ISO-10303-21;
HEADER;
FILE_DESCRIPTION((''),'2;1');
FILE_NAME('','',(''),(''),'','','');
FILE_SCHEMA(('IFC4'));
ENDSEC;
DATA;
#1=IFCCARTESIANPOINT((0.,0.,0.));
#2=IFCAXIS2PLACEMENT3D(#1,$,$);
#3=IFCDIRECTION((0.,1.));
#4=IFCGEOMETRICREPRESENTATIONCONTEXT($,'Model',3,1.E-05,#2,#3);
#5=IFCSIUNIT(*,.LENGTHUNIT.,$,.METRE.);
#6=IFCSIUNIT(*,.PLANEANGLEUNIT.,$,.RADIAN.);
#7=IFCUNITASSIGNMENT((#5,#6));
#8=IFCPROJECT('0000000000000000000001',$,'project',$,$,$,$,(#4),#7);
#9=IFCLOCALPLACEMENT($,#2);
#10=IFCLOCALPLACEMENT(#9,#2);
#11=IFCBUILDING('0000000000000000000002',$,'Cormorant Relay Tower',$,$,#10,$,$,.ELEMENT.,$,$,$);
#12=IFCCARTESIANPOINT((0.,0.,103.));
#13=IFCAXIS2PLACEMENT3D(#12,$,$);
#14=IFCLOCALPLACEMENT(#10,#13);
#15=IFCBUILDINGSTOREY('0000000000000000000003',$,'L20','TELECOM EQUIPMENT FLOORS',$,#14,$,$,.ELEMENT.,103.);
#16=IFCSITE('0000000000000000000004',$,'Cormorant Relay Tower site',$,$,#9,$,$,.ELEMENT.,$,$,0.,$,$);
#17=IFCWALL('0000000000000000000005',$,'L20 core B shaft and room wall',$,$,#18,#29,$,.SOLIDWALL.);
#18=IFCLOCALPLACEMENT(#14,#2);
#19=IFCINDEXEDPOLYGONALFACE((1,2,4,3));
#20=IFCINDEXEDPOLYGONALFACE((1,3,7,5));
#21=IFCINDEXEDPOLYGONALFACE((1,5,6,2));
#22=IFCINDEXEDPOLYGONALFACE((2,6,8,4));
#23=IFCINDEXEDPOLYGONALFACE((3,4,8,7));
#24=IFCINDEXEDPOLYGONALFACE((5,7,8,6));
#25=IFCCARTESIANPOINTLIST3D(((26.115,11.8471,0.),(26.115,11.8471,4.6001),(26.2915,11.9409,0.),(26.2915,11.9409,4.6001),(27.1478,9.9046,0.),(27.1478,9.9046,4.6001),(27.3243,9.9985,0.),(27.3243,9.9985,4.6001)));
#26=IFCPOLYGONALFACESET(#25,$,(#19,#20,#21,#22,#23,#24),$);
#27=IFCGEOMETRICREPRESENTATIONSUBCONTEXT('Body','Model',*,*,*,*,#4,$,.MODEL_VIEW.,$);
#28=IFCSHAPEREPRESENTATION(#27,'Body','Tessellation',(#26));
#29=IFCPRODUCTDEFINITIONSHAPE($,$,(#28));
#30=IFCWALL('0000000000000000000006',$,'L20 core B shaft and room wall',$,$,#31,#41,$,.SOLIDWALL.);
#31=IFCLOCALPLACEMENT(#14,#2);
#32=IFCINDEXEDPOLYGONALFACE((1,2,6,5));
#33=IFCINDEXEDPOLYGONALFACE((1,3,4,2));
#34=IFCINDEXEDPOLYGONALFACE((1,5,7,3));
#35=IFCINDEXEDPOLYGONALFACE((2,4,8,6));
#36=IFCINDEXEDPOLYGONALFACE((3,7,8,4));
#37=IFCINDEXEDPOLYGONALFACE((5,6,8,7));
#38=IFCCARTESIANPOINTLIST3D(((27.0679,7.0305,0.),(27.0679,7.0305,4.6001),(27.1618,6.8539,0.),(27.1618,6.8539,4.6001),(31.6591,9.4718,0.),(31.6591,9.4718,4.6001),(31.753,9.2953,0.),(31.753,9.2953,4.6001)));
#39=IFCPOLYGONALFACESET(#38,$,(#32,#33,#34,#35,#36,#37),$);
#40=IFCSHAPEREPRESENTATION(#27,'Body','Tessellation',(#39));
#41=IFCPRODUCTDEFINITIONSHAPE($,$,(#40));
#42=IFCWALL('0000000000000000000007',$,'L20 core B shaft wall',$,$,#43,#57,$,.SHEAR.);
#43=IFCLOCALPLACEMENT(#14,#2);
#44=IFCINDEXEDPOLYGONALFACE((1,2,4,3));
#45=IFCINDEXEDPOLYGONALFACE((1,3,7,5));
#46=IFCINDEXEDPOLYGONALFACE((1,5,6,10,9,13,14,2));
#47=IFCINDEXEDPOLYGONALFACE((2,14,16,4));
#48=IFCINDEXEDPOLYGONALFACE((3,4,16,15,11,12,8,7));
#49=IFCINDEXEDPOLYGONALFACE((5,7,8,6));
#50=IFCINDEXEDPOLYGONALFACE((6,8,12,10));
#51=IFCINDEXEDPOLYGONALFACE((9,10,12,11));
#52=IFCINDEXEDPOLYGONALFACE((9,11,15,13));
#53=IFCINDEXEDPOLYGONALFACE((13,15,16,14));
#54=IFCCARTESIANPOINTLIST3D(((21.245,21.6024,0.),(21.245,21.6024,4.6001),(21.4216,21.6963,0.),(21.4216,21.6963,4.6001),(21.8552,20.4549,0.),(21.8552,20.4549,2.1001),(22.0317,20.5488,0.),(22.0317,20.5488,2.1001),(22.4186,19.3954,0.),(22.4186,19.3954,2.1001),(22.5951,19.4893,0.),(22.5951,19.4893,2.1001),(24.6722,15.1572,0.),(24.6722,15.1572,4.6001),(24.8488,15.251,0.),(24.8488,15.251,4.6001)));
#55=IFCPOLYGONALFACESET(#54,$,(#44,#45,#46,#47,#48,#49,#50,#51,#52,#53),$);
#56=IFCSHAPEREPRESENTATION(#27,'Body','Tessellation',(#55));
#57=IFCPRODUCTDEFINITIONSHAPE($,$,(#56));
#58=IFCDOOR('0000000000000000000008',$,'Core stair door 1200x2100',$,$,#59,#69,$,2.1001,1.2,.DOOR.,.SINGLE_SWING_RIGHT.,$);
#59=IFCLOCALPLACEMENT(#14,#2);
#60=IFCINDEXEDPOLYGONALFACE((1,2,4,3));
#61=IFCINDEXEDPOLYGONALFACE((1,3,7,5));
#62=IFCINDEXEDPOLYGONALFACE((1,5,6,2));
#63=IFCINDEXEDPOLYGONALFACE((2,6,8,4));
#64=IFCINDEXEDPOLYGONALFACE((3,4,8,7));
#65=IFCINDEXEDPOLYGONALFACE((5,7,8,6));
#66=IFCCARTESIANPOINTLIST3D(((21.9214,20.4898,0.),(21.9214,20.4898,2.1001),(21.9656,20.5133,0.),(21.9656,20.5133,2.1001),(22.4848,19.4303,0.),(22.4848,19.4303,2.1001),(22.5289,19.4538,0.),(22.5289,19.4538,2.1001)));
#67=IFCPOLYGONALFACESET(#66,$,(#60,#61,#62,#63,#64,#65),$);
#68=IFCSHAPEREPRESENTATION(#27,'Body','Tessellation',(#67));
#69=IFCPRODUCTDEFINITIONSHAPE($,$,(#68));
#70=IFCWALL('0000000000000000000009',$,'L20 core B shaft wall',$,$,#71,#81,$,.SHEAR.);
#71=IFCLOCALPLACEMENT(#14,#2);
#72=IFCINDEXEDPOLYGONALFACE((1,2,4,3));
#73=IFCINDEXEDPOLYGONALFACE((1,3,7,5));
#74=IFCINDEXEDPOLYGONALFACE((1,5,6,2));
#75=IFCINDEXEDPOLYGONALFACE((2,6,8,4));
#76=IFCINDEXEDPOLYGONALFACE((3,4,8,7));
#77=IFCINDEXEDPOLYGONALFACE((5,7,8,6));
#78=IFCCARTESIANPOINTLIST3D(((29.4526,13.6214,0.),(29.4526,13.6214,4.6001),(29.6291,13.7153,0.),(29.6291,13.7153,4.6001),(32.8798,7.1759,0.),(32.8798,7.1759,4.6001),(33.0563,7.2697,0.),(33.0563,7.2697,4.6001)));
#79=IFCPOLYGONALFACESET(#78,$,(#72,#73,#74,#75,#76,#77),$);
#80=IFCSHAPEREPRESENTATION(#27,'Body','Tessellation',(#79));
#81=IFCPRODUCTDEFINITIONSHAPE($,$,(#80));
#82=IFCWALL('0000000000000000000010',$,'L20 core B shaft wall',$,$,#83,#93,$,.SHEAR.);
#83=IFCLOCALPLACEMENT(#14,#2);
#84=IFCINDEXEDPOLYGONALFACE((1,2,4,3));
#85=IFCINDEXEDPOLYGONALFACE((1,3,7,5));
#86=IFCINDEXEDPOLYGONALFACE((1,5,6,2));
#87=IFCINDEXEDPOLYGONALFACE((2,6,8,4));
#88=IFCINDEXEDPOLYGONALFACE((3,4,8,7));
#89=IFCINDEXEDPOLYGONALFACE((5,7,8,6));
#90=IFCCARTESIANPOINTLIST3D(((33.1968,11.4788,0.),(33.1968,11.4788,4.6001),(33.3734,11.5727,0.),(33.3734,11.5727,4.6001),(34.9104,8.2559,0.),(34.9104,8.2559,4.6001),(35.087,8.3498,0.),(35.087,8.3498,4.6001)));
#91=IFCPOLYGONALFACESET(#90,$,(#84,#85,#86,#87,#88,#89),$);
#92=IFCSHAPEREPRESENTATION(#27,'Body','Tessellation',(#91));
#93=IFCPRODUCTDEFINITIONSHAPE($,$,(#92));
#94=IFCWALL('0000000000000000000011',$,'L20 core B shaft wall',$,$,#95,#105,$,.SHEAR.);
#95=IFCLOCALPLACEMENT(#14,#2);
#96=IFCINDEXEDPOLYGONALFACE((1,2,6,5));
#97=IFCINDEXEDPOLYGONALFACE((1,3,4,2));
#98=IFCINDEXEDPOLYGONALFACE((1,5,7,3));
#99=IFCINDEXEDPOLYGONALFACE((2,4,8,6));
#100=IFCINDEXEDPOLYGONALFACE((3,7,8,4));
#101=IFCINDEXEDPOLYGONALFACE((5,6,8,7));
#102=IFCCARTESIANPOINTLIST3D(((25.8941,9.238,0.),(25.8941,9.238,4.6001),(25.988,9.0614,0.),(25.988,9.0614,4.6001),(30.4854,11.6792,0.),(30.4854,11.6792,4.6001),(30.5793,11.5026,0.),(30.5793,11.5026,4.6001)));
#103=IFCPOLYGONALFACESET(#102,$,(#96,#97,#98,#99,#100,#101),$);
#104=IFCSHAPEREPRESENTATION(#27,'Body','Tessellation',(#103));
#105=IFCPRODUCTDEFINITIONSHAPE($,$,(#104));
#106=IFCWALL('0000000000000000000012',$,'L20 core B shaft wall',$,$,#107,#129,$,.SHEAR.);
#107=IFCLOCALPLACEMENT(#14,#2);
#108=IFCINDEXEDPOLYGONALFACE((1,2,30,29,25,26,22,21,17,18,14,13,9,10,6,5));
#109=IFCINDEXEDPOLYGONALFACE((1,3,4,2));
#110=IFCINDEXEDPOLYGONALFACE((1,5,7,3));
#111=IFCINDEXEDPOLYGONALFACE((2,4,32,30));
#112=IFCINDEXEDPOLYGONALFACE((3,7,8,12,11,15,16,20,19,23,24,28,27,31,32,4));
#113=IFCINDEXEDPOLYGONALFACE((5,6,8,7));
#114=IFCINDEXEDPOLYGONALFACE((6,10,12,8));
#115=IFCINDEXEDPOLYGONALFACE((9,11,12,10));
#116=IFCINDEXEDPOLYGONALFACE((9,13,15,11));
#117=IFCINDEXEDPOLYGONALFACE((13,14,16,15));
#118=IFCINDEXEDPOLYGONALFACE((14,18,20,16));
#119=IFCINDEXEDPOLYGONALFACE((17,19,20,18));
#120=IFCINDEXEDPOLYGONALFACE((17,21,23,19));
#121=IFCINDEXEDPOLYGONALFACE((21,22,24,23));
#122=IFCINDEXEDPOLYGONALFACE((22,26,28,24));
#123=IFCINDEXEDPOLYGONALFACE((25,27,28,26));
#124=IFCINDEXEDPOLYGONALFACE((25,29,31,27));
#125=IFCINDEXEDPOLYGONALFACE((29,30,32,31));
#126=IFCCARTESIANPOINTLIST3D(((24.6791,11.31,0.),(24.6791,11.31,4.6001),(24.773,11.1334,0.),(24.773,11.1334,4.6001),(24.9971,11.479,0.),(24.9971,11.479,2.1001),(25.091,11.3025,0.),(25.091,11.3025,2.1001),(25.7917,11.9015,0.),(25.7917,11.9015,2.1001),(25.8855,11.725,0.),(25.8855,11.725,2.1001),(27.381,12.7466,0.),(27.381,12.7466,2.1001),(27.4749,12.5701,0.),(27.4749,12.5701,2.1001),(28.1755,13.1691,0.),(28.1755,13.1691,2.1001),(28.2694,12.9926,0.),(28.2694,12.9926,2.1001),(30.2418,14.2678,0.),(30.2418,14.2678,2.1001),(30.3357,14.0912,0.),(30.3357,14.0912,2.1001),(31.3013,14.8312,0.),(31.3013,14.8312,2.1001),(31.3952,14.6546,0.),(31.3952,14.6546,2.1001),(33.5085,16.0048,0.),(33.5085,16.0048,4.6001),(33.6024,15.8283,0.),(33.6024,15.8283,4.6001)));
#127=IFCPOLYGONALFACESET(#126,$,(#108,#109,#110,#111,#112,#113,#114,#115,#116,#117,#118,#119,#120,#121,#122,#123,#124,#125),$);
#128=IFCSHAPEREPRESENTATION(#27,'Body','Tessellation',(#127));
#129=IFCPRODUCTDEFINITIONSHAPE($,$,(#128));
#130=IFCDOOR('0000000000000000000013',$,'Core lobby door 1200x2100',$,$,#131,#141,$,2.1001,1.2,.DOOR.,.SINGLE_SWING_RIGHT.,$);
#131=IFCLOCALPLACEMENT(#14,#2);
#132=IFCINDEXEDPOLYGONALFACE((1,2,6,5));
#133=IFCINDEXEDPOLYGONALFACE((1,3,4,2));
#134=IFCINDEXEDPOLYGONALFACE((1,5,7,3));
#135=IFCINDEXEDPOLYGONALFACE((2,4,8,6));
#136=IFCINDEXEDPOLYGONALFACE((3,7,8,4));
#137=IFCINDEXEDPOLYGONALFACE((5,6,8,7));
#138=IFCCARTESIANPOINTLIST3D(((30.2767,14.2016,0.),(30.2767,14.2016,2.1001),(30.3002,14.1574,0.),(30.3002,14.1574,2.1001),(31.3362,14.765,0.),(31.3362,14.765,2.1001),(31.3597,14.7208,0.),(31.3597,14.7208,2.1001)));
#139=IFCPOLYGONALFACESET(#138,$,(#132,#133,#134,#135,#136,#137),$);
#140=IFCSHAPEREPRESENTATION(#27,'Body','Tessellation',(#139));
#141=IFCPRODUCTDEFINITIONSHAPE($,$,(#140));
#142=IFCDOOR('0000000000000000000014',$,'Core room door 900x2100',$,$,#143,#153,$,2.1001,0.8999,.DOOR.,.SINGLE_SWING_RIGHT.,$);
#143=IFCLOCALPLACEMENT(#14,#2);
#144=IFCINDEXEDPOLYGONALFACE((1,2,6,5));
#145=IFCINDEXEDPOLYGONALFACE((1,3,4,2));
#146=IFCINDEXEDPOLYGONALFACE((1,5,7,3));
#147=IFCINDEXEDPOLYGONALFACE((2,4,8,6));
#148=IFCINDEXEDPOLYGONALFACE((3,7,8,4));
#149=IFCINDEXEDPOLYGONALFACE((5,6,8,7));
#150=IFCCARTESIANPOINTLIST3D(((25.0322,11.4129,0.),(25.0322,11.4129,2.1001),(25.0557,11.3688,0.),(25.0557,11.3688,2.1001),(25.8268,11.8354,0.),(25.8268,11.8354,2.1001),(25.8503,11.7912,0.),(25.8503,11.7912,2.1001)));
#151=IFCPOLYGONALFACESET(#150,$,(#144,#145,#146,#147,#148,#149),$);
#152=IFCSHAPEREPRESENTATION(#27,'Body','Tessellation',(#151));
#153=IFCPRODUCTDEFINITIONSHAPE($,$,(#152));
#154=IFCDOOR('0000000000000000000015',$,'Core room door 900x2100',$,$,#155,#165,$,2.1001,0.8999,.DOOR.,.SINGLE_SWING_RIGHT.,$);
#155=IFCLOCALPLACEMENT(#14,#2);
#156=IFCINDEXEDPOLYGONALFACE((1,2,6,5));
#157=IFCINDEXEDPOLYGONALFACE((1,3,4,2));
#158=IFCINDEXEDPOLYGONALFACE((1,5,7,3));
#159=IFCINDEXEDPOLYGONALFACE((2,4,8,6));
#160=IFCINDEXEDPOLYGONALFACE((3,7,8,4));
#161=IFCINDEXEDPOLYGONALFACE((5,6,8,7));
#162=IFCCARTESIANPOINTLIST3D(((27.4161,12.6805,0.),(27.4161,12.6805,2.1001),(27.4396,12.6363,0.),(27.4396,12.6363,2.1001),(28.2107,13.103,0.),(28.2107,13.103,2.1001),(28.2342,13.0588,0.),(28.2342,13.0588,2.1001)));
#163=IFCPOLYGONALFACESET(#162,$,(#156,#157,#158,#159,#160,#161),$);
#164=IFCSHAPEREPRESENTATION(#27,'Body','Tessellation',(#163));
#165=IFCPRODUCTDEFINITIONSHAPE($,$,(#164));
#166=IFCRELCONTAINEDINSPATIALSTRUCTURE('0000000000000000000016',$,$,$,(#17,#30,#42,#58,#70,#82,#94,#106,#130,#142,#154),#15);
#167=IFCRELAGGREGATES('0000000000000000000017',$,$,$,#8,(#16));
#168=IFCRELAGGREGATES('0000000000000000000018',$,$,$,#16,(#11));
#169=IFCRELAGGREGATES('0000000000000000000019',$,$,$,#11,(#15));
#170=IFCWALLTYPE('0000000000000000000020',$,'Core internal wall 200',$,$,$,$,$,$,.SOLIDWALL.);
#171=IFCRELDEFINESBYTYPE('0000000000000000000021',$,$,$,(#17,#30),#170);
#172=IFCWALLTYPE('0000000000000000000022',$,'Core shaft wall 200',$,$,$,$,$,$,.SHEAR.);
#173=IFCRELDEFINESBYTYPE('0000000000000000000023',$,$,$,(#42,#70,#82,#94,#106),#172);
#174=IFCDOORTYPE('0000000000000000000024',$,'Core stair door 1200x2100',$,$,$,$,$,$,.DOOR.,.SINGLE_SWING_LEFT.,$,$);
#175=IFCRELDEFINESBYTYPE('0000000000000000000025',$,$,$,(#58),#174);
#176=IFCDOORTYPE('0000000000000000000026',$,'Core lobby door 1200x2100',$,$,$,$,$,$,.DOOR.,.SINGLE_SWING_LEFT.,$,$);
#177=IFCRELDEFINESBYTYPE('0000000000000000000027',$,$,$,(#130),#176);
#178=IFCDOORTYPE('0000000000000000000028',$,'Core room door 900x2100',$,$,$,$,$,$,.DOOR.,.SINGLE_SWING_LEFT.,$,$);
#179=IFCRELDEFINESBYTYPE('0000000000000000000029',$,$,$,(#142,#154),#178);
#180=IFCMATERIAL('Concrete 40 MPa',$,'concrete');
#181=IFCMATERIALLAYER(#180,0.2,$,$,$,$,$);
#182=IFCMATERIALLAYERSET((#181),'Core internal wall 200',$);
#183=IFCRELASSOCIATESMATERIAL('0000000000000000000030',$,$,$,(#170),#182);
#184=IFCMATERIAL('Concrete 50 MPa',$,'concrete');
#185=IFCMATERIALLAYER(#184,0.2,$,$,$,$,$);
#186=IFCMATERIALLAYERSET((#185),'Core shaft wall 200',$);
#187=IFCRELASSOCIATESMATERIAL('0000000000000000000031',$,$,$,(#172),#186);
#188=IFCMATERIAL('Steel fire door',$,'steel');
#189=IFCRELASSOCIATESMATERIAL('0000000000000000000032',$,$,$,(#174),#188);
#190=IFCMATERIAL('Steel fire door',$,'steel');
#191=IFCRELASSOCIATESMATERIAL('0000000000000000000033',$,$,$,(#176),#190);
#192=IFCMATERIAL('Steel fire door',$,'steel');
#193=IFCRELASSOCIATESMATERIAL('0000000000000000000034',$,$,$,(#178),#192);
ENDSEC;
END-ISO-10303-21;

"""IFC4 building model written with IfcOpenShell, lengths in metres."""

from ifc_helpers import new_model, si_unit, direction, frame, frame_2d, origin, place, context, subcontext, project, spatial, rectangle, extrude, material, layer, layer_set, type_object, element, fill, save


model = new_model("IFC4")

# Units and contexts
model_context = context("Model", 3, precision=1e-05, world=origin(), true_north=direction((0.0, 1.0)))
body_context = subcontext(model_context, "Body", "Model", "MODEL_VIEW")
ifc_project = project(units=[si_unit("LENGTHUNIT", "METRE"), si_unit("PLANEANGLEUNIT", "RADIAN")], contexts=[model_context])

# Site, building, storey
site_placement = place(None, origin())
site = spatial("IfcSite", under=ifc_project, at=site_placement, Name="Cormorant Relay Tower site", CompositionType="ELEMENT", RefElevation=0.0)
building_placement = place(site_placement, origin())
building = spatial("IfcBuilding", under=site, at=building_placement, Name="Cormorant Relay Tower", CompositionType="ELEMENT")
storey_placement = place(building_placement, frame((0.0, 0.0, 103.0)))
storey = spatial("IfcBuildingStorey", under=building, at=storey_placement, Name="L20", Description="TELECOM EQUIPMENT FLOORS", CompositionType="ELEMENT", Elevation=103.0)

# Walls
ifc_material_1 = material(Name="Concrete 40 MPa", Category="concrete")
ifc_layer_1 = layer(ifc_material_1, 0.2)
ifc_layer_set_1 = layer_set([ifc_layer_1], Name="Core internal wall 200")
wall_type_1 = type_object("IfcWallType", Name="Core internal wall 200", PredefinedType="SOLIDWALL", material=ifc_layer_set_1)
wall_1_placement = place(storey_placement, frame((27.2361, 9.9514, 0.0), z_axis=(0.0, 0.0, 1.0), x_axis=(-0.469447, 0.88296, 0.0)))
element("IfcWall", 1, at=wall_1_placement, inside=storey, type_object=wall_type_1, Name="L20 core B shaft and room wall", PredefinedType="SOLIDWALL", context=body_context, shape_type="SweptSolid", body=[
    extrude(rectangle(XDim=2.2, YDim=0.2, at=frame_2d((1.1001, 0.0))), origin(), (0.0, 0.0, 1.0), 4.6001),
])
wall_2_placement = place(storey_placement, frame((27.1147, 6.9421, 0.0), z_axis=(0.0, 0.0, 1.0), x_axis=(0.882935, 0.469496, 0.0)))
element("IfcWall", 2, at=wall_2_placement, inside=storey, type_object=wall_type_1, Name="L20 core B shaft and room wall", PredefinedType="SOLIDWALL", context=body_context, shape_type="SweptSolid", body=[
    extrude(rectangle(XDim=5.2, YDim=0.2, at=frame_2d((2.6001, 0.0))), origin(), (0.0, 0.0, 1.0), 4.6001),
])

# Wall, opening, door
ifc_material_2 = material(Name="Concrete 50 MPa", Category="concrete")
ifc_layer_2 = layer(ifc_material_2, 0.2)
ifc_layer_set_2 = layer_set([ifc_layer_2], Name="Core shaft wall 200")
wall_type_2 = type_object("IfcWallType", Name="Core shaft wall 200", PredefinedType="SHEAR", material=ifc_layer_set_2)
wall_3_placement = place(storey_placement, frame((24.7605, 15.2041, 0.0), z_axis=(0.0, 0.0, 1.0), x_axis=(-0.469494, 0.882936, 0.0)))
wall_3 = element("IfcWall", 3, at=wall_3_placement, inside=storey, type_object=wall_type_2, Name="L20 core B shaft wall", PredefinedType="SHEAR", context=body_context, shape_type="SweptSolid", body=[
    extrude(rectangle(XDim=7.2998, YDim=0.2, at=frame_2d((3.6499, 0.0))), origin(), (0.0, 0.0, 1.0), 4.6001),
])
opening_1_placement = place(wall_3_placement, frame((4.8, 0.0, 0.0)))
opening_1 = element("IfcOpeningElement", 4, at=opening_1_placement, cuts=wall_3, PredefinedType="OPENING", context=body_context, shape_type="SweptSolid", body=[
    extrude(rectangle(XDim=1.2, YDim=2.1001, at=frame_2d((0.6001, 1.05))), frame((0.0, 0.1099, 0.0), z_axis=(0.0, -1.0, 0.0), x_axis=(1.0, 0.0, 0.0)), (0.0, 0.0, 1.0), 0.22),
])
ifc_material_3 = material(Name="Steel fire door", Category="steel")
door_type_1 = type_object("IfcDoorType", Name="Core stair door 1200x2100", OperationType="SINGLE_SWING_LEFT", PredefinedType="DOOR", material=ifc_material_3)
door_1_placement = place(opening_1_placement, frame((1.2, 0.0, 0.0), z_axis=(0.0, 0.0, 1.0), x_axis=(-1.0, 0.0, 0.0)))
door_1 = element("IfcDoor", 5, at=door_1_placement, inside=storey, type_object=door_type_1, Name="Core stair door 1200x2100", OperationType="SINGLE_SWING_RIGHT", OverallHeight=2.1001, OverallWidth=1.2, PredefinedType="DOOR", context=body_context, shape_type="SweptSolid", body=[
    extrude(rectangle(XDim=1.2, YDim=2.1001, at=frame_2d((0.6001, 1.05))), frame((0.0, 0.0249, 0.0), z_axis=(0.0, -1.0, 0.0), x_axis=(1.0, 0.0, 0.0)), (0.0, 0.0, 1.0), 0.05),
])
fill(opening_1, door_1)

# Walls
wall_4_placement = place(storey_placement, frame((32.968, 7.2229, 0.0), z_axis=(0.0, 0.0, 1.0), x_axis=(-0.46948, 0.882943, 0.0)))
element("IfcWall", 6, at=wall_4_placement, inside=storey, type_object=wall_type_2, Name="L20 core B shaft wall", PredefinedType="SHEAR", context=body_context, shape_type="SweptSolid", body=[
    extrude(rectangle(XDim=7.3, YDim=0.2, at=frame_2d((3.6499, 0.0))), origin(), (0.0, 0.0, 1.0), 4.6001),
])
wall_5_placement = place(storey_placement, frame((34.9988, 8.3027, 0.0), z_axis=(0.0, 0.0, 1.0), x_axis=(-0.469467, 0.88295, 0.0)))
element("IfcWall", 7, at=wall_5_placement, inside=storey, type_object=wall_type_2, Name="L20 core B shaft wall", PredefinedType="SHEAR", context=body_context, shape_type="SweptSolid", body=[
    extrude(rectangle(XDim=3.6501, YDim=0.2, at=frame_2d((1.8252, 0.0))), origin(), (0.0, 0.0, 1.0), 4.6001),
])

# Wall
wall_6_placement = place(storey_placement, frame((25.9409, 9.1497, 0.0), z_axis=(0.0, 0.0, 1.0), x_axis=(0.882954, 0.46946, 0.0)))
element("IfcWall", 8, at=wall_6_placement, inside=storey, type_object=wall_type_2, Name="L20 core B shaft wall", PredefinedType="SHEAR", context=body_context, shape_type="SweptSolid", body=[
    extrude(rectangle(XDim=5.2, YDim=0.2, at=frame_2d((2.6001, 0.0))), origin(), (0.0, 0.0, 1.0), 4.6001),
])

# Wall, openings, doors
wall_7_placement = place(storey_placement, frame((24.7261, 11.2217, 0.0), z_axis=(0.0, 0.0, 1.0), x_axis=(0.88294, 0.469485, 0.0)))
wall_7 = element("IfcWall", 9, at=wall_7_placement, inside=storey, type_object=wall_type_2, Name="L20 core B shaft wall", PredefinedType="SHEAR", context=body_context, shape_type="SweptSolid", body=[
    extrude(rectangle(XDim=10.0, YDim=0.2, at=frame_2d((5.0, 0.0))), origin(), (0.0, 0.0, 1.0), 4.6001),
])
opening_2_placement = place(wall_7_placement, frame((6.3, 0.0, 0.0)))
opening_2 = element("IfcOpeningElement", 10, at=opening_2_placement, cuts=wall_7, PredefinedType="OPENING", context=body_context, shape_type="SweptSolid", body=[
    extrude(rectangle(XDim=1.2, YDim=2.1001, at=frame_2d((0.6001, 1.05))), frame((0.0, 0.1099, 0.0), z_axis=(0.0, -1.0, 0.0), x_axis=(1.0, 0.0, 0.0)), (0.0, 0.0, 1.0), 0.22),
])
opening_3_placement = place(wall_7_placement, frame((0.3601, 0.0, 0.0)))
opening_3 = element("IfcOpeningElement", 11, at=opening_3_placement, cuts=wall_7, PredefinedType="OPENING", context=body_context, shape_type="SweptSolid", body=[
    extrude(rectangle(XDim=0.8999, YDim=2.1001, at=frame_2d((0.45, 1.05))), frame((0.0, 0.1099, 0.0), z_axis=(0.0, -1.0, 0.0), x_axis=(1.0, 0.0, 0.0)), (0.0, 0.0, 1.0), 0.22),
])
opening_4_placement = place(wall_7_placement, frame((3.0601, 0.0, 0.0)))
opening_4 = element("IfcOpeningElement", 12, at=opening_4_placement, cuts=wall_7, PredefinedType="OPENING", context=body_context, shape_type="SweptSolid", body=[
    extrude(rectangle(XDim=0.8999, YDim=2.1001, at=frame_2d((0.45, 1.05))), frame((0.0, 0.1099, 0.0), z_axis=(0.0, -1.0, 0.0), x_axis=(1.0, 0.0, 0.0)), (0.0, 0.0, 1.0), 0.22),
])
ifc_material_4 = material(Name="Steel fire door", Category="steel")
door_type_2 = type_object("IfcDoorType", Name="Core lobby door 1200x2100", OperationType="SINGLE_SWING_LEFT", PredefinedType="DOOR", material=ifc_material_4)
door_2_placement = place(opening_2_placement, frame((1.2, 0.0, 0.0), z_axis=(0.0, 0.0, 1.0), x_axis=(-1.0, 0.0, 0.0)))
door_2 = element("IfcDoor", 13, at=door_2_placement, inside=storey, type_object=door_type_2, Name="Core lobby door 1200x2100", OperationType="SINGLE_SWING_RIGHT", OverallHeight=2.1001, OverallWidth=1.2, PredefinedType="DOOR", context=body_context, shape_type="SweptSolid", body=[
    extrude(rectangle(XDim=1.2, YDim=2.1001, at=frame_2d((0.6001, 1.05))), frame((0.0, 0.0249, 0.0), z_axis=(0.0, -1.0, 0.0), x_axis=(1.0, 0.0, 0.0)), (0.0, 0.0, 1.0), 0.05),
])
fill(opening_2, door_2)
ifc_material_5 = material(Name="Steel fire door", Category="steel")
door_type_3 = type_object("IfcDoorType", Name="Core room door 900x2100", OperationType="SINGLE_SWING_LEFT", PredefinedType="DOOR", material=ifc_material_5)
door_3_placement = place(opening_3_placement, frame((0.8999, 0.0, 0.0), z_axis=(0.0, 0.0, 1.0), x_axis=(-1.0, 0.0, 0.0)))
door_3 = element("IfcDoor", 14, at=door_3_placement, inside=storey, type_object=door_type_3, Name="Core room door 900x2100", OperationType="SINGLE_SWING_RIGHT", OverallHeight=2.1001, OverallWidth=0.8999, PredefinedType="DOOR", context=body_context, shape_type="SweptSolid", body=[
    extrude(rectangle(XDim=0.8999, YDim=2.1001, at=frame_2d((0.45, 1.05))), frame((0.0, 0.0249, 0.0), z_axis=(0.0, -1.0, 0.0), x_axis=(1.0, 0.0, 0.0)), (0.0, 0.0, 1.0), 0.05),
])
fill(opening_3, door_3)
door_4_placement = place(opening_4_placement, frame((0.8999, 0.0, 0.0), z_axis=(0.0, 0.0, 1.0), x_axis=(-1.0, 0.0, 0.0)))
door_4 = element("IfcDoor", 15, at=door_4_placement, inside=storey, type_object=door_type_3, Name="Core room door 900x2100", OperationType="SINGLE_SWING_RIGHT", OverallHeight=2.1001, OverallWidth=0.8999, PredefinedType="DOOR", context=body_context, shape_type="SweptSolid", body=[
    extrude(rectangle(XDim=0.8999, YDim=2.1001, at=frame_2d((0.45, 1.05))), frame((0.0, 0.0249, 0.0), z_axis=(0.0, -1.0, 0.0), x_axis=(1.0, 0.0, 0.0)), (0.0, 0.0, 1.0), 0.05),
])
fill(opening_4, door_4)

save(model, "model.ifc")
